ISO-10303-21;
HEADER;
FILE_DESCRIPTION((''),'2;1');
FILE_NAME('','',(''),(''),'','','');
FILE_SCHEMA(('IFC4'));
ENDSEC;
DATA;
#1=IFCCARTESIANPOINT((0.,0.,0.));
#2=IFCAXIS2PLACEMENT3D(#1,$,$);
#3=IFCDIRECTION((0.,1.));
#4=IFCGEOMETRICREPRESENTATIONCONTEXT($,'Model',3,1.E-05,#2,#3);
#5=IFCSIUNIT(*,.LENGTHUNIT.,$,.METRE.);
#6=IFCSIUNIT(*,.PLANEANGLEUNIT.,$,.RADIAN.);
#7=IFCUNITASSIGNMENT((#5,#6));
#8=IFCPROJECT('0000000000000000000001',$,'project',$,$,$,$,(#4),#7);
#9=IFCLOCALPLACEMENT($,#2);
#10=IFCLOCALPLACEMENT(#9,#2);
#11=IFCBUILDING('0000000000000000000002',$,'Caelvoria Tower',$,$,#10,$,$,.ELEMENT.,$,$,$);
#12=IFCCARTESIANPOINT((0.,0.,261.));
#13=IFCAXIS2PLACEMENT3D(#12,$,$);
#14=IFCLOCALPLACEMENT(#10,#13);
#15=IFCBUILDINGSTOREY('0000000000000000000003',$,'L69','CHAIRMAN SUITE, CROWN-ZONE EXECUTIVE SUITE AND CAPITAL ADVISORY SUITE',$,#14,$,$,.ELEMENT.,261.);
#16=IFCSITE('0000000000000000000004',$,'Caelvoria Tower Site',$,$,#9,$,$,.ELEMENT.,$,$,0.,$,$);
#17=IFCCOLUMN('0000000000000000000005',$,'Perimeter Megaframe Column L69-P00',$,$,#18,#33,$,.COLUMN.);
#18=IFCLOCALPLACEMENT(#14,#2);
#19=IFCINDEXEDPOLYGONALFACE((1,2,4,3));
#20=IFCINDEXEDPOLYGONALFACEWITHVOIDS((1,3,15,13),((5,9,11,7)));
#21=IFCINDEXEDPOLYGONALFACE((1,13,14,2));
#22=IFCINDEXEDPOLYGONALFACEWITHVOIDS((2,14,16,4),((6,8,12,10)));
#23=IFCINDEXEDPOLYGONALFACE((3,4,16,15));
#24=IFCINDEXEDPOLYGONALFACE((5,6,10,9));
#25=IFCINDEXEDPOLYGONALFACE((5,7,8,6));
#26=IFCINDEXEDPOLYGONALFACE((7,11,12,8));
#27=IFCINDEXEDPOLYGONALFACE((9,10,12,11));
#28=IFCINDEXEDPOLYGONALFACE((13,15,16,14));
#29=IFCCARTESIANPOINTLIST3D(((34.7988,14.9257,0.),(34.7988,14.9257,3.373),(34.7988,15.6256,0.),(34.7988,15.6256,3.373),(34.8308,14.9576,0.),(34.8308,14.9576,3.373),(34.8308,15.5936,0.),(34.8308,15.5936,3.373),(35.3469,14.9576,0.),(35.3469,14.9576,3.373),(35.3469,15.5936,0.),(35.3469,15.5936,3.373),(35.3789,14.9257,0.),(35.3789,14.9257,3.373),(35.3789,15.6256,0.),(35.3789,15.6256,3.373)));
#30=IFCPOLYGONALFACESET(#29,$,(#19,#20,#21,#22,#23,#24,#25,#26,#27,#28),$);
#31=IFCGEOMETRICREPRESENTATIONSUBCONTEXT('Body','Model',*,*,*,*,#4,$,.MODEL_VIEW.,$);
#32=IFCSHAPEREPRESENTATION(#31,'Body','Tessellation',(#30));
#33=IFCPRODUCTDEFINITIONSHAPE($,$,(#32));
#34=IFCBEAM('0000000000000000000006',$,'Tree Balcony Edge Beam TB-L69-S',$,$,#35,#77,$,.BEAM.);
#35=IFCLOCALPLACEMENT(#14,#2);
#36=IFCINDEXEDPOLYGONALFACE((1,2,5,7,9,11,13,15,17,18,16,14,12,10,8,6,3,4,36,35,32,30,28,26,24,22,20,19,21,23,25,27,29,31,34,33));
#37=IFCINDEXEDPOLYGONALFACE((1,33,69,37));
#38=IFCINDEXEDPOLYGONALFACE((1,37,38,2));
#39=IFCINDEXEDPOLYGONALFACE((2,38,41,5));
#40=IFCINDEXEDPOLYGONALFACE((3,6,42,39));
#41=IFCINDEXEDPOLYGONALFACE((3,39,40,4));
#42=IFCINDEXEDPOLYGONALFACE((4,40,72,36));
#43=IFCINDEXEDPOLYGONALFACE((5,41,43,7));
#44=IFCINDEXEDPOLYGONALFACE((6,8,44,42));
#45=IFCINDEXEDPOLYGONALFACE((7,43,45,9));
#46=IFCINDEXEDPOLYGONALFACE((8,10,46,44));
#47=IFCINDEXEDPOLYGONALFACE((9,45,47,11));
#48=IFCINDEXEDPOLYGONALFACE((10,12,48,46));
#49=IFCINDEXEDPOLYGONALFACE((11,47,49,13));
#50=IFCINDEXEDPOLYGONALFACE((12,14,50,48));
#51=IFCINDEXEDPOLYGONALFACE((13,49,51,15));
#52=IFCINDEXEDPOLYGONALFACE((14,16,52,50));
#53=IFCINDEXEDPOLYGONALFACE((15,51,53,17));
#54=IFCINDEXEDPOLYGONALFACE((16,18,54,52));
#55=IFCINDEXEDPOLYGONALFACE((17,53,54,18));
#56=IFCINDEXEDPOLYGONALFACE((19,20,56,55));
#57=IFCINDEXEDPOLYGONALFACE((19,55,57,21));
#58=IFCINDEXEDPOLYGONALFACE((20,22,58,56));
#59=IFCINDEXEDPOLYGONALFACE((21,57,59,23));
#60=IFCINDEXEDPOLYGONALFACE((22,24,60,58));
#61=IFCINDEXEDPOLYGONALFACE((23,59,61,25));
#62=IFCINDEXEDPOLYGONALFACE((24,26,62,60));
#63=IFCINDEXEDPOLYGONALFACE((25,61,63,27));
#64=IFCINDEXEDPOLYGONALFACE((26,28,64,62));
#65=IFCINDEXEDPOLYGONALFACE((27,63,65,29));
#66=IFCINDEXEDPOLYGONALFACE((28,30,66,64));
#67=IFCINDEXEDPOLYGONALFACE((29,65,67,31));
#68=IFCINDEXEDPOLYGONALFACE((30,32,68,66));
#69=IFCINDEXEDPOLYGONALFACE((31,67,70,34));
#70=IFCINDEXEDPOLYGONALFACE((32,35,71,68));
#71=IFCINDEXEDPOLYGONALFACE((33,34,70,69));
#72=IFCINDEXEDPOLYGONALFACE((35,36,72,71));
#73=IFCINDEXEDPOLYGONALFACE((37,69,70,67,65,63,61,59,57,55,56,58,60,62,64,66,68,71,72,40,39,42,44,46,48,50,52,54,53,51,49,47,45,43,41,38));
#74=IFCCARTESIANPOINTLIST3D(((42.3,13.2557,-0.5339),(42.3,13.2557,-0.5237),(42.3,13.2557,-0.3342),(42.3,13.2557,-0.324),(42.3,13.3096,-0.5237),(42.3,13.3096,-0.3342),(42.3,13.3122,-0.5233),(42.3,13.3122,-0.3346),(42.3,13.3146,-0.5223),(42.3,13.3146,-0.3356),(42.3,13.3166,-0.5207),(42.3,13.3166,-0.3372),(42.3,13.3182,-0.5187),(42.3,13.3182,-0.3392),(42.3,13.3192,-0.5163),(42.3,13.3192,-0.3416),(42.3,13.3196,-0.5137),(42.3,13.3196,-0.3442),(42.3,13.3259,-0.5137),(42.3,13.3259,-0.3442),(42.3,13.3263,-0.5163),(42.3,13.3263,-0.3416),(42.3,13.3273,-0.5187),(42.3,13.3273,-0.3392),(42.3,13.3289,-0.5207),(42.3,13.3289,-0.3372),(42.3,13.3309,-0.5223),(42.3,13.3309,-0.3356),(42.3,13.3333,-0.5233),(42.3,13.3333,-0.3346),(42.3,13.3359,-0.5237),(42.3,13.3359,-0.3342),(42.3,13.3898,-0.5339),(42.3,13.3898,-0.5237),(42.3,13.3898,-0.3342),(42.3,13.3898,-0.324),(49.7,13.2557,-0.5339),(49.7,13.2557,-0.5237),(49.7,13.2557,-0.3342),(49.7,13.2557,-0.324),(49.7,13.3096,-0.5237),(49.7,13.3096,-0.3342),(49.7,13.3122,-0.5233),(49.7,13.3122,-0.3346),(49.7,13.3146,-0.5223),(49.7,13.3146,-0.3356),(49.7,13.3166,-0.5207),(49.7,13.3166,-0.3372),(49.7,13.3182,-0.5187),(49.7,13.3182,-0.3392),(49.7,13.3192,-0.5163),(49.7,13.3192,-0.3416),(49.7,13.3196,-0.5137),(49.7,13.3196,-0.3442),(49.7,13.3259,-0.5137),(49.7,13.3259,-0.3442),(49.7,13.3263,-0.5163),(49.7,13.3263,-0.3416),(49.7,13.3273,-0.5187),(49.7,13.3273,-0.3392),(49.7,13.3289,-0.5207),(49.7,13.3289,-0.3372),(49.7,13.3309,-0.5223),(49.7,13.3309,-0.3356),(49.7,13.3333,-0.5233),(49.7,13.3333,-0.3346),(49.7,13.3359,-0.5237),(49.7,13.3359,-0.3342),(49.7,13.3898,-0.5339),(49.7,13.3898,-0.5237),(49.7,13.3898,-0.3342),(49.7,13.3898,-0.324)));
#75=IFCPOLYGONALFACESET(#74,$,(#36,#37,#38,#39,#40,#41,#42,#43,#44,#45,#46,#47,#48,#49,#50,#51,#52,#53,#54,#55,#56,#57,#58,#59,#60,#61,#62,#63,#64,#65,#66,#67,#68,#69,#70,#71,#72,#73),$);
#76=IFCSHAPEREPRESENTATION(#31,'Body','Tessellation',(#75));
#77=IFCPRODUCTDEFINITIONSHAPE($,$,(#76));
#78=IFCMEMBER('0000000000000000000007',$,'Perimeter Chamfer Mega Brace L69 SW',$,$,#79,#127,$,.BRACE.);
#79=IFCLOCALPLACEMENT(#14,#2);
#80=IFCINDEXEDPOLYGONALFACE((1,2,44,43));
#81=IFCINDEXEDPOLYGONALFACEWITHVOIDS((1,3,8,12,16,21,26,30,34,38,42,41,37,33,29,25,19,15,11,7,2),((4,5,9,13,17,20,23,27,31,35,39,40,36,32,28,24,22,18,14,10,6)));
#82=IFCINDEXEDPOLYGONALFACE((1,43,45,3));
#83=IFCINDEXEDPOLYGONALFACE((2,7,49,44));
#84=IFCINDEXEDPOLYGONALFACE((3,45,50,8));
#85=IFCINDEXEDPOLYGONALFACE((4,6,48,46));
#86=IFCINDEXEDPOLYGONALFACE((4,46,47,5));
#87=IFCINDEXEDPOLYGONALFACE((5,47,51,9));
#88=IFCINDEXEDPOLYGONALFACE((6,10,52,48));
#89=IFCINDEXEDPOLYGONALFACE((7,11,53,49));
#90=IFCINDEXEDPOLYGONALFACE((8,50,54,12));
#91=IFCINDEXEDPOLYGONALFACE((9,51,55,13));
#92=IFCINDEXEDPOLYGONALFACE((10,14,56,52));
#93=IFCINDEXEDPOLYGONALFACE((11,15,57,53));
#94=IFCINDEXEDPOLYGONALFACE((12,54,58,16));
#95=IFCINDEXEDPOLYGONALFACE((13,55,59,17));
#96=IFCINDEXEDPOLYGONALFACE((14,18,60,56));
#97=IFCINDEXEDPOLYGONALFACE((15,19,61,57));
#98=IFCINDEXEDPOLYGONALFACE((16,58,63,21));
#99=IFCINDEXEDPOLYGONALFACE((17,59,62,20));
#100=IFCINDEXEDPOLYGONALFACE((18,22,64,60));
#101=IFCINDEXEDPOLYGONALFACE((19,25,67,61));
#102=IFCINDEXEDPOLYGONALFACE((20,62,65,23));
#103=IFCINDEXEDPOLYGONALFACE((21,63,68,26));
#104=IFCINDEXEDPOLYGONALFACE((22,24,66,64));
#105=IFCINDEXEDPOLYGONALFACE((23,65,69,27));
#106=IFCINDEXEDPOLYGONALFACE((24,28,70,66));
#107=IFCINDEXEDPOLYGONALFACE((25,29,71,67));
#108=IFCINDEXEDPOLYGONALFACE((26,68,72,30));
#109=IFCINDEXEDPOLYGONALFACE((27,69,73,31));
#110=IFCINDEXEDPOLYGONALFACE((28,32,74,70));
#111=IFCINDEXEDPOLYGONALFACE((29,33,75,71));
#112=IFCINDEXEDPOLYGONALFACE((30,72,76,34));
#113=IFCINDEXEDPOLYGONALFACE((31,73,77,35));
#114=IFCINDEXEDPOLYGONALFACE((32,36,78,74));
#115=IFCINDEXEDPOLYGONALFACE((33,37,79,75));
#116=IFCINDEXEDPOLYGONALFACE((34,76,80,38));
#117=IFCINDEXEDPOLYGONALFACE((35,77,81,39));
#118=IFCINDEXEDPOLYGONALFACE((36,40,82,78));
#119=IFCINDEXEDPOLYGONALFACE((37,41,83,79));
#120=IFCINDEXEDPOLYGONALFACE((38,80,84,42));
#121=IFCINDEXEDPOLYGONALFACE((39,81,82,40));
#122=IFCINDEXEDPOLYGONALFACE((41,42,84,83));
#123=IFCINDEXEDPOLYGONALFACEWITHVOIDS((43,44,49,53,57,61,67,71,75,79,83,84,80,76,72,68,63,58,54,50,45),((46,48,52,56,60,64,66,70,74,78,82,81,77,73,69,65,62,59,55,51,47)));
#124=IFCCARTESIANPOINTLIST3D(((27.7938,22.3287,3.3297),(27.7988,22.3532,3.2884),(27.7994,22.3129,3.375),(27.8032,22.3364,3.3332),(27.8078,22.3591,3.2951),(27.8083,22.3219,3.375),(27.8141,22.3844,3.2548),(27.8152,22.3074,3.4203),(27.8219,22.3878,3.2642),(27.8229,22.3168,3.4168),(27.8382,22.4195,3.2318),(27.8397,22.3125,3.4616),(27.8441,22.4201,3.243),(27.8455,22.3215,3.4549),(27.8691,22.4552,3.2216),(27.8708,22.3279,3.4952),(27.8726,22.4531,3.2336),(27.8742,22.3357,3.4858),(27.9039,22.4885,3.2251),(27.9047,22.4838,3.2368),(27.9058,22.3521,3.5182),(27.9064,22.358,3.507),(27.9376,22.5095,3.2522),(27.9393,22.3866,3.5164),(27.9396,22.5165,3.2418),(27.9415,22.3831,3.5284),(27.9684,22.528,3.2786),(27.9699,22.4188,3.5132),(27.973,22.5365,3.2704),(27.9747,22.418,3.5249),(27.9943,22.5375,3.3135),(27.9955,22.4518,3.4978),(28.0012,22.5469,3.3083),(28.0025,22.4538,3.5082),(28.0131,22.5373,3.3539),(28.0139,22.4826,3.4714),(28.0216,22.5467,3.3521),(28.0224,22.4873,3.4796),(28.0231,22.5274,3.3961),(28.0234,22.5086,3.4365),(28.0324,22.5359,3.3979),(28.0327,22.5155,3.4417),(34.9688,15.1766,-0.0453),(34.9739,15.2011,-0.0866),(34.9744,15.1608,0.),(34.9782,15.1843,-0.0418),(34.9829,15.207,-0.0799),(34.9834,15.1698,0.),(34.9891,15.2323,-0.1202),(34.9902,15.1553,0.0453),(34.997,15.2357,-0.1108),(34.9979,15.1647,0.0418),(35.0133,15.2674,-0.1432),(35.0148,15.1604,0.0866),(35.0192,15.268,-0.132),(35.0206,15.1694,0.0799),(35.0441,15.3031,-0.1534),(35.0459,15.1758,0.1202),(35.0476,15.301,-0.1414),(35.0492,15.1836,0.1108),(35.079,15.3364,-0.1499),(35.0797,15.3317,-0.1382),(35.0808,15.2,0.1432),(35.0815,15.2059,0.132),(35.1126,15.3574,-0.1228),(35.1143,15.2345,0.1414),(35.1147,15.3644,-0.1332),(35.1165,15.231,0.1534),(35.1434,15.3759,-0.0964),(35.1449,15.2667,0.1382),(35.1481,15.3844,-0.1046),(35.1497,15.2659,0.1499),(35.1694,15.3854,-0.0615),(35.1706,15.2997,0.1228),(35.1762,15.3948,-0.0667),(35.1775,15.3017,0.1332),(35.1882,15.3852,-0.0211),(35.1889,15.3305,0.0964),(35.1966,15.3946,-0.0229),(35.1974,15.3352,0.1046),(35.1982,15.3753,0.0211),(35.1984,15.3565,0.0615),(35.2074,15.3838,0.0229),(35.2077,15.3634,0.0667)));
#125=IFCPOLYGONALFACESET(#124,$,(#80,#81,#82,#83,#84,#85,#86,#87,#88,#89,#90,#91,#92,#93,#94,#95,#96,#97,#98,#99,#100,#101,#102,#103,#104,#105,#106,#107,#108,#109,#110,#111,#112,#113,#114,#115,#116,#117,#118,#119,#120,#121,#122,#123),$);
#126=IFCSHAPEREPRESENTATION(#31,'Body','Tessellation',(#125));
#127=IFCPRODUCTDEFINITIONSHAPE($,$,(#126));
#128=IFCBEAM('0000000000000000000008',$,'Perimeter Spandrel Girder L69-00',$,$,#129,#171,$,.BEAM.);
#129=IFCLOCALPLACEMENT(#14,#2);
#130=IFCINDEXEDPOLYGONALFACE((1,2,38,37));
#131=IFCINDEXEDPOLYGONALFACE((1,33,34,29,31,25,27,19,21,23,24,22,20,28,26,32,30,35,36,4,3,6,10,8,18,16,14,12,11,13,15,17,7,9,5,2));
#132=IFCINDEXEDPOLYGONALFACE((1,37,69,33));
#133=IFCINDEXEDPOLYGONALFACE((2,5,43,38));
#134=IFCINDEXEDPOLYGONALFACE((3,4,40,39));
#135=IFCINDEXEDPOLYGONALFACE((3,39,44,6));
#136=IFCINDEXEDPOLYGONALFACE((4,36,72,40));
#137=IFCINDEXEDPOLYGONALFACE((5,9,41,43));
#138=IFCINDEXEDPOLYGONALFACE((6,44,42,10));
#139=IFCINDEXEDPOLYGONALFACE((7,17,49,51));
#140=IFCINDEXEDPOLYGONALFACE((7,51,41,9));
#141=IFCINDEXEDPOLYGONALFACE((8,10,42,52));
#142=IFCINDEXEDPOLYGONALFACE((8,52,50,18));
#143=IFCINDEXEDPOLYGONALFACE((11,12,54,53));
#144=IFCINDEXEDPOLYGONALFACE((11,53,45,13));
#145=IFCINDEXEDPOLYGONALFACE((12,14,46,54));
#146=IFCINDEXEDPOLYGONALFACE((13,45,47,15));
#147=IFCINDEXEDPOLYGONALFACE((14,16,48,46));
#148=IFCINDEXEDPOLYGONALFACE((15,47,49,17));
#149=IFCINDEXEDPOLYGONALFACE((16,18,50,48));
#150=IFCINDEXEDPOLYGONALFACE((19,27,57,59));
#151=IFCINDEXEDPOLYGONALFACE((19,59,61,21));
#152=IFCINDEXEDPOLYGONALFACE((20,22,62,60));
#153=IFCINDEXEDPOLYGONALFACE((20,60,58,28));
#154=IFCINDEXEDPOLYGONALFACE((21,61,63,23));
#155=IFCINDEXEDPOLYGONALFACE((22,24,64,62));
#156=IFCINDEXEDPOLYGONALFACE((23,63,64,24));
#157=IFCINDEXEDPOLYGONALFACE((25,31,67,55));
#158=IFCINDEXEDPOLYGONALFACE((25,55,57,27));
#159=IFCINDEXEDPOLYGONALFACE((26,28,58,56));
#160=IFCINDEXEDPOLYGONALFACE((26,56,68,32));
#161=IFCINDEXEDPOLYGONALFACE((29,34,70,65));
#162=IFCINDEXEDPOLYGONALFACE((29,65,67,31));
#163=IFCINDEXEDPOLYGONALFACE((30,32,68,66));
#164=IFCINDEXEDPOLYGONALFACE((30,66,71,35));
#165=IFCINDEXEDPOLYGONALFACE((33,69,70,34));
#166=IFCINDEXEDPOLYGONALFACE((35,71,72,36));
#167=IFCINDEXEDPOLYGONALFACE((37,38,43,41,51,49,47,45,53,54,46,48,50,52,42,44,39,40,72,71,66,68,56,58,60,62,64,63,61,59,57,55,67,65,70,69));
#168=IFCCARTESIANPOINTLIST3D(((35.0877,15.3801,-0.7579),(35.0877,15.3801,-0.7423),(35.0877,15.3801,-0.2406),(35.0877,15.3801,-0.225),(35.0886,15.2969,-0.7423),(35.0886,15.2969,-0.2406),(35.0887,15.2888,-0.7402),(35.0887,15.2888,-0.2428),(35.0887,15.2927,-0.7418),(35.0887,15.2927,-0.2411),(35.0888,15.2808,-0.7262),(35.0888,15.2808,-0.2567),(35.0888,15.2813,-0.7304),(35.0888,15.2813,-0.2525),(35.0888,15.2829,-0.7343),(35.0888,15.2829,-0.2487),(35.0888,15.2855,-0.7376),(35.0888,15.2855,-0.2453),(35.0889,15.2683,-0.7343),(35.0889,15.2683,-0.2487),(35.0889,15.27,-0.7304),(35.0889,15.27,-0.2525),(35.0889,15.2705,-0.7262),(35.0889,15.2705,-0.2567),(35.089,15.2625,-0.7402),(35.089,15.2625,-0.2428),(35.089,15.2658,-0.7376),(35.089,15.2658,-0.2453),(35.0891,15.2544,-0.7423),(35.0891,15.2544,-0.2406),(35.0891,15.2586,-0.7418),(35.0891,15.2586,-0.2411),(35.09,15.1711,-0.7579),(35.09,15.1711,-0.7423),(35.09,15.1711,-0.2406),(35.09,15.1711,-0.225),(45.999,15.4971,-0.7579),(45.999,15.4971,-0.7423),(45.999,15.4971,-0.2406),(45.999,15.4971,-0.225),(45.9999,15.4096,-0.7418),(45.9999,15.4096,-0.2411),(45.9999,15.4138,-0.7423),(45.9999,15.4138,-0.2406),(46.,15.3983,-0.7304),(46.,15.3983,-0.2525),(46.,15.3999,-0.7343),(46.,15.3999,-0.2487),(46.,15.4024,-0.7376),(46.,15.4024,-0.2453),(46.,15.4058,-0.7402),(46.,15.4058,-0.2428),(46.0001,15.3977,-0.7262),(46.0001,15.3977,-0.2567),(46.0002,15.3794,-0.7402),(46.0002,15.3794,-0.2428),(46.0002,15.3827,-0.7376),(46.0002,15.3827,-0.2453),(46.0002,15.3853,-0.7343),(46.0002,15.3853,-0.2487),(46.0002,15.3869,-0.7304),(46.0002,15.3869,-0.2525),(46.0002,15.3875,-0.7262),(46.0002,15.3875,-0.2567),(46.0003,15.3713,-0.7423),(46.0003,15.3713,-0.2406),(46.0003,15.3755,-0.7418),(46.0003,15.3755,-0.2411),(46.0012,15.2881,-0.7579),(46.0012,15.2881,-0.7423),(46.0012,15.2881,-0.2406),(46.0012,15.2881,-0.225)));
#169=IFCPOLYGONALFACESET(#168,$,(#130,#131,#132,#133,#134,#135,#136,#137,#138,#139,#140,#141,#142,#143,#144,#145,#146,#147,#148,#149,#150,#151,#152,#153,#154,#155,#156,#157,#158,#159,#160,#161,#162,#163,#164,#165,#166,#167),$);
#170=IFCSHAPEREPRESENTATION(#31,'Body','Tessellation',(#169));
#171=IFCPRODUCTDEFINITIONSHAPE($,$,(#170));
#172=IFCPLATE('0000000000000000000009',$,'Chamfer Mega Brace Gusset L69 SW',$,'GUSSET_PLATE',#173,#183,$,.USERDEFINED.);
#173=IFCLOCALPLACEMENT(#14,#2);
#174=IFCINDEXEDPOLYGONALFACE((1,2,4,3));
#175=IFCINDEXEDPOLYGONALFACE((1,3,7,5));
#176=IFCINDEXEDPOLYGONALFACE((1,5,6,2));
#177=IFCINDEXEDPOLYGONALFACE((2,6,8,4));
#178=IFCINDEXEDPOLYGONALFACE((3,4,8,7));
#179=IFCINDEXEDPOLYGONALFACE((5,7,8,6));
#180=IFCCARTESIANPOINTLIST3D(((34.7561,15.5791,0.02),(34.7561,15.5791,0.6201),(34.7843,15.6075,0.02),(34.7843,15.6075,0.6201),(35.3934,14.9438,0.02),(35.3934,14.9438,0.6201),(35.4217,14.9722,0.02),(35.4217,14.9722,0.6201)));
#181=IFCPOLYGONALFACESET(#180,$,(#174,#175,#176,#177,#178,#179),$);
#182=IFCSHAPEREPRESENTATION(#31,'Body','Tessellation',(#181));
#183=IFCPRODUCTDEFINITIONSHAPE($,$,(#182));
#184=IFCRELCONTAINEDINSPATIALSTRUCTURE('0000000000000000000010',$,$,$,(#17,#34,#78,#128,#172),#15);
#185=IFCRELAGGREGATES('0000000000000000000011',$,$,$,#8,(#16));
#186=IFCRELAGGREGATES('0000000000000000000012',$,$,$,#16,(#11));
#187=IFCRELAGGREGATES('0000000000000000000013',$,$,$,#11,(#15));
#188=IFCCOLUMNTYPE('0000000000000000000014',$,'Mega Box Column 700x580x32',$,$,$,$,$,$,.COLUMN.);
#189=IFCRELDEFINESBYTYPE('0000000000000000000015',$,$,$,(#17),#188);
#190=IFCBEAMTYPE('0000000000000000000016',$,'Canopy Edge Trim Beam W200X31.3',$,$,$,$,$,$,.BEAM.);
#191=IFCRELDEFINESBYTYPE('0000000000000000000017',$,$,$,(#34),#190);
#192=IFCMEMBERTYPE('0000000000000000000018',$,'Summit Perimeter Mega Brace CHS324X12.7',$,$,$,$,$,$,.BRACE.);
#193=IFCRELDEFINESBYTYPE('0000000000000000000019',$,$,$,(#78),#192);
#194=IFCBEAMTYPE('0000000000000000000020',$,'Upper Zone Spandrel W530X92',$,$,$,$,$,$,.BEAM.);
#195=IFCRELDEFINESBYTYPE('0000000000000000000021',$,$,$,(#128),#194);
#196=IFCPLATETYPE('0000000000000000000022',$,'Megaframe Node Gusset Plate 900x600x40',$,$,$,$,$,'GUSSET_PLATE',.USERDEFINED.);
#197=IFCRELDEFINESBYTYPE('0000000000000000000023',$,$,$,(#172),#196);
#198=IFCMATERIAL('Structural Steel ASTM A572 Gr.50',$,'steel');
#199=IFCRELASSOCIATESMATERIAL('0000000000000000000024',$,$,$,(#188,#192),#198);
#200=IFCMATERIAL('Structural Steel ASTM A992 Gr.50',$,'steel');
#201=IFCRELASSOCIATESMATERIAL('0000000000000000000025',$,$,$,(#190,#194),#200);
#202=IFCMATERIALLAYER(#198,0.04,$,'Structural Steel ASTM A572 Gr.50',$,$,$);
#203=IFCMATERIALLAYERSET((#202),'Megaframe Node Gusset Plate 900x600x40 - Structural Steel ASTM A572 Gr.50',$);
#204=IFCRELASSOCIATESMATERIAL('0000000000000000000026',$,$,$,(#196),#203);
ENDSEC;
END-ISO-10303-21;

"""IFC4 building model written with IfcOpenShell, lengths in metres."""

from ifc_helpers import new_model, si_unit, direction, frame, origin, origin_2d, place, context, subcontext, project, spatial, rectangle, hollow_rectangle, hollow_circle, i_section, extrude, material, layer, layer_set, material_profile, profile_set, type_object, element, save


model = new_model("IFC4")

# Units and contexts
model_context = context("Model", 3, precision=1e-05, world=origin(), true_north=direction((0.0, 1.0)))
body_context = subcontext(model_context, "Body", "Model", "MODEL_VIEW")
ifc_project = project(units=[si_unit("LENGTHUNIT", "METRE"), si_unit("PLANEANGLEUNIT", "RADIAN")], contexts=[model_context])

# Site, building, storey
site_placement = place(None, origin())
site = spatial("IfcSite", under=ifc_project, at=site_placement, Name="Caelvoria Tower Site", CompositionType="ELEMENT", RefElevation=0.0)
building_placement = place(site_placement, origin())
building = spatial("IfcBuilding", under=site, at=building_placement, Name="Caelvoria Tower", CompositionType="ELEMENT")
storey_placement = place(building_placement, frame((0.0, 0.0, 261.0)))
storey = spatial("IfcBuildingStorey", under=building, at=storey_placement, Name="L69", Description="CHAIRMAN SUITE, CROWN-ZONE EXECUTIVE SUITE AND CAPITAL ADVISORY SUITE", CompositionType="ELEMENT", Elevation=261.0)

# Column
ifc_material_1 = material(Name="Structural Steel ASTM A572 Gr.50", Category="steel")
ifc_material_profile_1 = material_profile(ifc_material_1, hollow_rectangle(XDim=0.5801, YDim=0.7, WallThickness=0.032, at=origin_2d()), Name="Structural Steel ASTM A572 Gr.50")
ifc_profile_set_1 = profile_set([ifc_material_profile_1], Name="BOX700X580X32 - Structural Steel ASTM A572 Gr.50")
column_type = type_object("IfcColumnType", Name="Mega Box Column 700x580x32", PredefinedType="COLUMN", material=ifc_profile_set_1)
column_placement = place(storey_placement, frame((35.0889, 15.2756, 0.0), z_axis=(0.0, 0.0, 1.0), x_axis=(1.0, 0.0, 0.0)))
element("IfcColumn", 1, at=column_placement, inside=storey, type_object=column_type, Name="Perimeter Megaframe Column L69-P00", PredefinedType="COLUMN", context=body_context, shape_type="SweptSolid", body=[
    extrude(hollow_rectangle(XDim=0.5801, YDim=0.7, WallThickness=0.032, at=origin_2d()), origin(), (0.0, 0.0, 1.0), 3.373),
])

# Beam
ifc_material_2 = material(Name="Structural Steel ASTM A992 Gr.50", Category="steel")
ifc_material_profile_2 = material_profile(ifc_material_2, i_section(OverallWidth=0.134, OverallDepth=0.21, WebThickness=0.0063, FlangeThickness=0.0103, FilletRadius=0.01, at=origin_2d()), Name="Structural Steel ASTM A992 Gr.50")
ifc_profile_set_2 = profile_set([ifc_material_profile_2], Name="W200X31.3 - Structural Steel ASTM A992 Gr.50")
beam_type_1 = type_object("IfcBeamType", Name="Canopy Edge Trim Beam W200X31.3", PredefinedType="BEAM", material=ifc_profile_set_2)
beam_1_placement = place(storey_placement, frame((42.3, 13.3228, -0.429), z_axis=(1.0, 0.0, 0.0), x_axis=(0.0, 1.0, 0.0)))
element("IfcBeam", 2, at=beam_1_placement, inside=storey, type_object=beam_type_1, Name="Tree Balcony Edge Beam TB-L69-S", PredefinedType="BEAM", context=body_context, shape_type="SweptSolid", body=[
    extrude(i_section(OverallWidth=0.134, OverallDepth=0.21, WebThickness=0.0063, FlangeThickness=0.0103, FilletRadius=0.01, at=origin_2d()), origin(), (0.0, 0.0, 1.0), 7.3999),
])

# Member
ifc_material_profile_3 = material_profile(ifc_material_1, hollow_circle(Radius=0.1621, WallThickness=0.0127, at=origin_2d()), Name="Structural Steel ASTM A572 Gr.50")
ifc_profile_set_3 = profile_set([ifc_material_profile_3], Name="CHS324X12.7 - Structural Steel ASTM A572 Gr.50")
member_type = type_object("IfcMemberType", Name="Summit Perimeter Mega Brace CHS324X12.7", PredefinedType="BRACE", material=ifc_profile_set_3)
member_placement = place(storey_placement, frame((35.0889, 15.2756, 0.0), z_axis=(-0.671933, 0.669784, 0.316064), x_axis=(-0.705973, -0.708239, 0.0)))
element("IfcMember", 3, at=member_placement, inside=storey, type_object=member_type, Name="Perimeter Chamfer Mega Brace L69 SW", PredefinedType="BRACE", context=body_context, shape_type="SweptSolid", body=[
    extrude(hollow_circle(Radius=0.1621, WallThickness=0.0127, at=origin_2d()), origin(), (0.0, 0.0, 1.0), 10.6782),
])

# Beam
ifc_material_profile_4 = material_profile(ifc_material_2, i_section(OverallWidth=0.209, OverallDepth=0.533, WebThickness=0.0103, FlangeThickness=0.0156, FilletRadius=0.0161, at=origin_2d()), Name="Structural Steel ASTM A992 Gr.50")
ifc_profile_set_4 = profile_set([ifc_material_profile_4], Name="W530X92 - Structural Steel ASTM A992 Gr.50")
beam_type_2 = type_object("IfcBeamType", Name="Upper Zone Spandrel W530X92", PredefinedType="BEAM", material=ifc_profile_set_4)
beam_2_placement = place(storey_placement, frame((35.0889, 15.2756, -0.4915), z_axis=(0.999943, 0.010717, 0.0), x_axis=(-0.010717, 0.999943, 0.0)))
element("IfcBeam", 4, at=beam_2_placement, inside=storey, type_object=beam_type_2, Name="Perimeter Spandrel Girder L69-00", PredefinedType="BEAM", context=body_context, shape_type="SweptSolid", body=[
    extrude(i_section(OverallWidth=0.209, OverallDepth=0.533, WebThickness=0.0103, FlangeThickness=0.0156, FilletRadius=0.0161, at=origin_2d()), origin(), (0.0, 0.0, 1.0), 10.9119),
])

# Plate
ifc_layer_1 = layer(ifc_material_1, 0.04, Name="Structural Steel ASTM A572 Gr.50")
ifc_layer_set_1 = layer_set([ifc_layer_1], Name="Megaframe Node Gusset Plate 900x600x40 - Structural Steel ASTM A572 Gr.50")
plate_type = type_object("IfcPlateType", Name="Megaframe Node Gusset Plate 900x600x40", ElementType="GUSSET_PLATE", PredefinedType="USERDEFINED", material=ifc_layer_set_1)
plate_placement = place(storey_placement, frame((35.0889, 15.2756, 0.02), z_axis=(0.0, 0.0, 1.0), x_axis=(-0.708251, 0.705961, 0.0)))
element("IfcPlate", 5, at=plate_placement, inside=storey, type_object=plate_type, Name="Chamfer Mega Brace Gusset L69 SW", ObjectType="GUSSET_PLATE", PredefinedType="USERDEFINED", context=body_context, shape_type="SweptSolid", body=[
    extrude(rectangle(XDim=0.8999, YDim=0.04, at=origin_2d()), origin(), (0.0, 0.0, 1.0), 0.6001),
])

save(model, "model.ifc")
